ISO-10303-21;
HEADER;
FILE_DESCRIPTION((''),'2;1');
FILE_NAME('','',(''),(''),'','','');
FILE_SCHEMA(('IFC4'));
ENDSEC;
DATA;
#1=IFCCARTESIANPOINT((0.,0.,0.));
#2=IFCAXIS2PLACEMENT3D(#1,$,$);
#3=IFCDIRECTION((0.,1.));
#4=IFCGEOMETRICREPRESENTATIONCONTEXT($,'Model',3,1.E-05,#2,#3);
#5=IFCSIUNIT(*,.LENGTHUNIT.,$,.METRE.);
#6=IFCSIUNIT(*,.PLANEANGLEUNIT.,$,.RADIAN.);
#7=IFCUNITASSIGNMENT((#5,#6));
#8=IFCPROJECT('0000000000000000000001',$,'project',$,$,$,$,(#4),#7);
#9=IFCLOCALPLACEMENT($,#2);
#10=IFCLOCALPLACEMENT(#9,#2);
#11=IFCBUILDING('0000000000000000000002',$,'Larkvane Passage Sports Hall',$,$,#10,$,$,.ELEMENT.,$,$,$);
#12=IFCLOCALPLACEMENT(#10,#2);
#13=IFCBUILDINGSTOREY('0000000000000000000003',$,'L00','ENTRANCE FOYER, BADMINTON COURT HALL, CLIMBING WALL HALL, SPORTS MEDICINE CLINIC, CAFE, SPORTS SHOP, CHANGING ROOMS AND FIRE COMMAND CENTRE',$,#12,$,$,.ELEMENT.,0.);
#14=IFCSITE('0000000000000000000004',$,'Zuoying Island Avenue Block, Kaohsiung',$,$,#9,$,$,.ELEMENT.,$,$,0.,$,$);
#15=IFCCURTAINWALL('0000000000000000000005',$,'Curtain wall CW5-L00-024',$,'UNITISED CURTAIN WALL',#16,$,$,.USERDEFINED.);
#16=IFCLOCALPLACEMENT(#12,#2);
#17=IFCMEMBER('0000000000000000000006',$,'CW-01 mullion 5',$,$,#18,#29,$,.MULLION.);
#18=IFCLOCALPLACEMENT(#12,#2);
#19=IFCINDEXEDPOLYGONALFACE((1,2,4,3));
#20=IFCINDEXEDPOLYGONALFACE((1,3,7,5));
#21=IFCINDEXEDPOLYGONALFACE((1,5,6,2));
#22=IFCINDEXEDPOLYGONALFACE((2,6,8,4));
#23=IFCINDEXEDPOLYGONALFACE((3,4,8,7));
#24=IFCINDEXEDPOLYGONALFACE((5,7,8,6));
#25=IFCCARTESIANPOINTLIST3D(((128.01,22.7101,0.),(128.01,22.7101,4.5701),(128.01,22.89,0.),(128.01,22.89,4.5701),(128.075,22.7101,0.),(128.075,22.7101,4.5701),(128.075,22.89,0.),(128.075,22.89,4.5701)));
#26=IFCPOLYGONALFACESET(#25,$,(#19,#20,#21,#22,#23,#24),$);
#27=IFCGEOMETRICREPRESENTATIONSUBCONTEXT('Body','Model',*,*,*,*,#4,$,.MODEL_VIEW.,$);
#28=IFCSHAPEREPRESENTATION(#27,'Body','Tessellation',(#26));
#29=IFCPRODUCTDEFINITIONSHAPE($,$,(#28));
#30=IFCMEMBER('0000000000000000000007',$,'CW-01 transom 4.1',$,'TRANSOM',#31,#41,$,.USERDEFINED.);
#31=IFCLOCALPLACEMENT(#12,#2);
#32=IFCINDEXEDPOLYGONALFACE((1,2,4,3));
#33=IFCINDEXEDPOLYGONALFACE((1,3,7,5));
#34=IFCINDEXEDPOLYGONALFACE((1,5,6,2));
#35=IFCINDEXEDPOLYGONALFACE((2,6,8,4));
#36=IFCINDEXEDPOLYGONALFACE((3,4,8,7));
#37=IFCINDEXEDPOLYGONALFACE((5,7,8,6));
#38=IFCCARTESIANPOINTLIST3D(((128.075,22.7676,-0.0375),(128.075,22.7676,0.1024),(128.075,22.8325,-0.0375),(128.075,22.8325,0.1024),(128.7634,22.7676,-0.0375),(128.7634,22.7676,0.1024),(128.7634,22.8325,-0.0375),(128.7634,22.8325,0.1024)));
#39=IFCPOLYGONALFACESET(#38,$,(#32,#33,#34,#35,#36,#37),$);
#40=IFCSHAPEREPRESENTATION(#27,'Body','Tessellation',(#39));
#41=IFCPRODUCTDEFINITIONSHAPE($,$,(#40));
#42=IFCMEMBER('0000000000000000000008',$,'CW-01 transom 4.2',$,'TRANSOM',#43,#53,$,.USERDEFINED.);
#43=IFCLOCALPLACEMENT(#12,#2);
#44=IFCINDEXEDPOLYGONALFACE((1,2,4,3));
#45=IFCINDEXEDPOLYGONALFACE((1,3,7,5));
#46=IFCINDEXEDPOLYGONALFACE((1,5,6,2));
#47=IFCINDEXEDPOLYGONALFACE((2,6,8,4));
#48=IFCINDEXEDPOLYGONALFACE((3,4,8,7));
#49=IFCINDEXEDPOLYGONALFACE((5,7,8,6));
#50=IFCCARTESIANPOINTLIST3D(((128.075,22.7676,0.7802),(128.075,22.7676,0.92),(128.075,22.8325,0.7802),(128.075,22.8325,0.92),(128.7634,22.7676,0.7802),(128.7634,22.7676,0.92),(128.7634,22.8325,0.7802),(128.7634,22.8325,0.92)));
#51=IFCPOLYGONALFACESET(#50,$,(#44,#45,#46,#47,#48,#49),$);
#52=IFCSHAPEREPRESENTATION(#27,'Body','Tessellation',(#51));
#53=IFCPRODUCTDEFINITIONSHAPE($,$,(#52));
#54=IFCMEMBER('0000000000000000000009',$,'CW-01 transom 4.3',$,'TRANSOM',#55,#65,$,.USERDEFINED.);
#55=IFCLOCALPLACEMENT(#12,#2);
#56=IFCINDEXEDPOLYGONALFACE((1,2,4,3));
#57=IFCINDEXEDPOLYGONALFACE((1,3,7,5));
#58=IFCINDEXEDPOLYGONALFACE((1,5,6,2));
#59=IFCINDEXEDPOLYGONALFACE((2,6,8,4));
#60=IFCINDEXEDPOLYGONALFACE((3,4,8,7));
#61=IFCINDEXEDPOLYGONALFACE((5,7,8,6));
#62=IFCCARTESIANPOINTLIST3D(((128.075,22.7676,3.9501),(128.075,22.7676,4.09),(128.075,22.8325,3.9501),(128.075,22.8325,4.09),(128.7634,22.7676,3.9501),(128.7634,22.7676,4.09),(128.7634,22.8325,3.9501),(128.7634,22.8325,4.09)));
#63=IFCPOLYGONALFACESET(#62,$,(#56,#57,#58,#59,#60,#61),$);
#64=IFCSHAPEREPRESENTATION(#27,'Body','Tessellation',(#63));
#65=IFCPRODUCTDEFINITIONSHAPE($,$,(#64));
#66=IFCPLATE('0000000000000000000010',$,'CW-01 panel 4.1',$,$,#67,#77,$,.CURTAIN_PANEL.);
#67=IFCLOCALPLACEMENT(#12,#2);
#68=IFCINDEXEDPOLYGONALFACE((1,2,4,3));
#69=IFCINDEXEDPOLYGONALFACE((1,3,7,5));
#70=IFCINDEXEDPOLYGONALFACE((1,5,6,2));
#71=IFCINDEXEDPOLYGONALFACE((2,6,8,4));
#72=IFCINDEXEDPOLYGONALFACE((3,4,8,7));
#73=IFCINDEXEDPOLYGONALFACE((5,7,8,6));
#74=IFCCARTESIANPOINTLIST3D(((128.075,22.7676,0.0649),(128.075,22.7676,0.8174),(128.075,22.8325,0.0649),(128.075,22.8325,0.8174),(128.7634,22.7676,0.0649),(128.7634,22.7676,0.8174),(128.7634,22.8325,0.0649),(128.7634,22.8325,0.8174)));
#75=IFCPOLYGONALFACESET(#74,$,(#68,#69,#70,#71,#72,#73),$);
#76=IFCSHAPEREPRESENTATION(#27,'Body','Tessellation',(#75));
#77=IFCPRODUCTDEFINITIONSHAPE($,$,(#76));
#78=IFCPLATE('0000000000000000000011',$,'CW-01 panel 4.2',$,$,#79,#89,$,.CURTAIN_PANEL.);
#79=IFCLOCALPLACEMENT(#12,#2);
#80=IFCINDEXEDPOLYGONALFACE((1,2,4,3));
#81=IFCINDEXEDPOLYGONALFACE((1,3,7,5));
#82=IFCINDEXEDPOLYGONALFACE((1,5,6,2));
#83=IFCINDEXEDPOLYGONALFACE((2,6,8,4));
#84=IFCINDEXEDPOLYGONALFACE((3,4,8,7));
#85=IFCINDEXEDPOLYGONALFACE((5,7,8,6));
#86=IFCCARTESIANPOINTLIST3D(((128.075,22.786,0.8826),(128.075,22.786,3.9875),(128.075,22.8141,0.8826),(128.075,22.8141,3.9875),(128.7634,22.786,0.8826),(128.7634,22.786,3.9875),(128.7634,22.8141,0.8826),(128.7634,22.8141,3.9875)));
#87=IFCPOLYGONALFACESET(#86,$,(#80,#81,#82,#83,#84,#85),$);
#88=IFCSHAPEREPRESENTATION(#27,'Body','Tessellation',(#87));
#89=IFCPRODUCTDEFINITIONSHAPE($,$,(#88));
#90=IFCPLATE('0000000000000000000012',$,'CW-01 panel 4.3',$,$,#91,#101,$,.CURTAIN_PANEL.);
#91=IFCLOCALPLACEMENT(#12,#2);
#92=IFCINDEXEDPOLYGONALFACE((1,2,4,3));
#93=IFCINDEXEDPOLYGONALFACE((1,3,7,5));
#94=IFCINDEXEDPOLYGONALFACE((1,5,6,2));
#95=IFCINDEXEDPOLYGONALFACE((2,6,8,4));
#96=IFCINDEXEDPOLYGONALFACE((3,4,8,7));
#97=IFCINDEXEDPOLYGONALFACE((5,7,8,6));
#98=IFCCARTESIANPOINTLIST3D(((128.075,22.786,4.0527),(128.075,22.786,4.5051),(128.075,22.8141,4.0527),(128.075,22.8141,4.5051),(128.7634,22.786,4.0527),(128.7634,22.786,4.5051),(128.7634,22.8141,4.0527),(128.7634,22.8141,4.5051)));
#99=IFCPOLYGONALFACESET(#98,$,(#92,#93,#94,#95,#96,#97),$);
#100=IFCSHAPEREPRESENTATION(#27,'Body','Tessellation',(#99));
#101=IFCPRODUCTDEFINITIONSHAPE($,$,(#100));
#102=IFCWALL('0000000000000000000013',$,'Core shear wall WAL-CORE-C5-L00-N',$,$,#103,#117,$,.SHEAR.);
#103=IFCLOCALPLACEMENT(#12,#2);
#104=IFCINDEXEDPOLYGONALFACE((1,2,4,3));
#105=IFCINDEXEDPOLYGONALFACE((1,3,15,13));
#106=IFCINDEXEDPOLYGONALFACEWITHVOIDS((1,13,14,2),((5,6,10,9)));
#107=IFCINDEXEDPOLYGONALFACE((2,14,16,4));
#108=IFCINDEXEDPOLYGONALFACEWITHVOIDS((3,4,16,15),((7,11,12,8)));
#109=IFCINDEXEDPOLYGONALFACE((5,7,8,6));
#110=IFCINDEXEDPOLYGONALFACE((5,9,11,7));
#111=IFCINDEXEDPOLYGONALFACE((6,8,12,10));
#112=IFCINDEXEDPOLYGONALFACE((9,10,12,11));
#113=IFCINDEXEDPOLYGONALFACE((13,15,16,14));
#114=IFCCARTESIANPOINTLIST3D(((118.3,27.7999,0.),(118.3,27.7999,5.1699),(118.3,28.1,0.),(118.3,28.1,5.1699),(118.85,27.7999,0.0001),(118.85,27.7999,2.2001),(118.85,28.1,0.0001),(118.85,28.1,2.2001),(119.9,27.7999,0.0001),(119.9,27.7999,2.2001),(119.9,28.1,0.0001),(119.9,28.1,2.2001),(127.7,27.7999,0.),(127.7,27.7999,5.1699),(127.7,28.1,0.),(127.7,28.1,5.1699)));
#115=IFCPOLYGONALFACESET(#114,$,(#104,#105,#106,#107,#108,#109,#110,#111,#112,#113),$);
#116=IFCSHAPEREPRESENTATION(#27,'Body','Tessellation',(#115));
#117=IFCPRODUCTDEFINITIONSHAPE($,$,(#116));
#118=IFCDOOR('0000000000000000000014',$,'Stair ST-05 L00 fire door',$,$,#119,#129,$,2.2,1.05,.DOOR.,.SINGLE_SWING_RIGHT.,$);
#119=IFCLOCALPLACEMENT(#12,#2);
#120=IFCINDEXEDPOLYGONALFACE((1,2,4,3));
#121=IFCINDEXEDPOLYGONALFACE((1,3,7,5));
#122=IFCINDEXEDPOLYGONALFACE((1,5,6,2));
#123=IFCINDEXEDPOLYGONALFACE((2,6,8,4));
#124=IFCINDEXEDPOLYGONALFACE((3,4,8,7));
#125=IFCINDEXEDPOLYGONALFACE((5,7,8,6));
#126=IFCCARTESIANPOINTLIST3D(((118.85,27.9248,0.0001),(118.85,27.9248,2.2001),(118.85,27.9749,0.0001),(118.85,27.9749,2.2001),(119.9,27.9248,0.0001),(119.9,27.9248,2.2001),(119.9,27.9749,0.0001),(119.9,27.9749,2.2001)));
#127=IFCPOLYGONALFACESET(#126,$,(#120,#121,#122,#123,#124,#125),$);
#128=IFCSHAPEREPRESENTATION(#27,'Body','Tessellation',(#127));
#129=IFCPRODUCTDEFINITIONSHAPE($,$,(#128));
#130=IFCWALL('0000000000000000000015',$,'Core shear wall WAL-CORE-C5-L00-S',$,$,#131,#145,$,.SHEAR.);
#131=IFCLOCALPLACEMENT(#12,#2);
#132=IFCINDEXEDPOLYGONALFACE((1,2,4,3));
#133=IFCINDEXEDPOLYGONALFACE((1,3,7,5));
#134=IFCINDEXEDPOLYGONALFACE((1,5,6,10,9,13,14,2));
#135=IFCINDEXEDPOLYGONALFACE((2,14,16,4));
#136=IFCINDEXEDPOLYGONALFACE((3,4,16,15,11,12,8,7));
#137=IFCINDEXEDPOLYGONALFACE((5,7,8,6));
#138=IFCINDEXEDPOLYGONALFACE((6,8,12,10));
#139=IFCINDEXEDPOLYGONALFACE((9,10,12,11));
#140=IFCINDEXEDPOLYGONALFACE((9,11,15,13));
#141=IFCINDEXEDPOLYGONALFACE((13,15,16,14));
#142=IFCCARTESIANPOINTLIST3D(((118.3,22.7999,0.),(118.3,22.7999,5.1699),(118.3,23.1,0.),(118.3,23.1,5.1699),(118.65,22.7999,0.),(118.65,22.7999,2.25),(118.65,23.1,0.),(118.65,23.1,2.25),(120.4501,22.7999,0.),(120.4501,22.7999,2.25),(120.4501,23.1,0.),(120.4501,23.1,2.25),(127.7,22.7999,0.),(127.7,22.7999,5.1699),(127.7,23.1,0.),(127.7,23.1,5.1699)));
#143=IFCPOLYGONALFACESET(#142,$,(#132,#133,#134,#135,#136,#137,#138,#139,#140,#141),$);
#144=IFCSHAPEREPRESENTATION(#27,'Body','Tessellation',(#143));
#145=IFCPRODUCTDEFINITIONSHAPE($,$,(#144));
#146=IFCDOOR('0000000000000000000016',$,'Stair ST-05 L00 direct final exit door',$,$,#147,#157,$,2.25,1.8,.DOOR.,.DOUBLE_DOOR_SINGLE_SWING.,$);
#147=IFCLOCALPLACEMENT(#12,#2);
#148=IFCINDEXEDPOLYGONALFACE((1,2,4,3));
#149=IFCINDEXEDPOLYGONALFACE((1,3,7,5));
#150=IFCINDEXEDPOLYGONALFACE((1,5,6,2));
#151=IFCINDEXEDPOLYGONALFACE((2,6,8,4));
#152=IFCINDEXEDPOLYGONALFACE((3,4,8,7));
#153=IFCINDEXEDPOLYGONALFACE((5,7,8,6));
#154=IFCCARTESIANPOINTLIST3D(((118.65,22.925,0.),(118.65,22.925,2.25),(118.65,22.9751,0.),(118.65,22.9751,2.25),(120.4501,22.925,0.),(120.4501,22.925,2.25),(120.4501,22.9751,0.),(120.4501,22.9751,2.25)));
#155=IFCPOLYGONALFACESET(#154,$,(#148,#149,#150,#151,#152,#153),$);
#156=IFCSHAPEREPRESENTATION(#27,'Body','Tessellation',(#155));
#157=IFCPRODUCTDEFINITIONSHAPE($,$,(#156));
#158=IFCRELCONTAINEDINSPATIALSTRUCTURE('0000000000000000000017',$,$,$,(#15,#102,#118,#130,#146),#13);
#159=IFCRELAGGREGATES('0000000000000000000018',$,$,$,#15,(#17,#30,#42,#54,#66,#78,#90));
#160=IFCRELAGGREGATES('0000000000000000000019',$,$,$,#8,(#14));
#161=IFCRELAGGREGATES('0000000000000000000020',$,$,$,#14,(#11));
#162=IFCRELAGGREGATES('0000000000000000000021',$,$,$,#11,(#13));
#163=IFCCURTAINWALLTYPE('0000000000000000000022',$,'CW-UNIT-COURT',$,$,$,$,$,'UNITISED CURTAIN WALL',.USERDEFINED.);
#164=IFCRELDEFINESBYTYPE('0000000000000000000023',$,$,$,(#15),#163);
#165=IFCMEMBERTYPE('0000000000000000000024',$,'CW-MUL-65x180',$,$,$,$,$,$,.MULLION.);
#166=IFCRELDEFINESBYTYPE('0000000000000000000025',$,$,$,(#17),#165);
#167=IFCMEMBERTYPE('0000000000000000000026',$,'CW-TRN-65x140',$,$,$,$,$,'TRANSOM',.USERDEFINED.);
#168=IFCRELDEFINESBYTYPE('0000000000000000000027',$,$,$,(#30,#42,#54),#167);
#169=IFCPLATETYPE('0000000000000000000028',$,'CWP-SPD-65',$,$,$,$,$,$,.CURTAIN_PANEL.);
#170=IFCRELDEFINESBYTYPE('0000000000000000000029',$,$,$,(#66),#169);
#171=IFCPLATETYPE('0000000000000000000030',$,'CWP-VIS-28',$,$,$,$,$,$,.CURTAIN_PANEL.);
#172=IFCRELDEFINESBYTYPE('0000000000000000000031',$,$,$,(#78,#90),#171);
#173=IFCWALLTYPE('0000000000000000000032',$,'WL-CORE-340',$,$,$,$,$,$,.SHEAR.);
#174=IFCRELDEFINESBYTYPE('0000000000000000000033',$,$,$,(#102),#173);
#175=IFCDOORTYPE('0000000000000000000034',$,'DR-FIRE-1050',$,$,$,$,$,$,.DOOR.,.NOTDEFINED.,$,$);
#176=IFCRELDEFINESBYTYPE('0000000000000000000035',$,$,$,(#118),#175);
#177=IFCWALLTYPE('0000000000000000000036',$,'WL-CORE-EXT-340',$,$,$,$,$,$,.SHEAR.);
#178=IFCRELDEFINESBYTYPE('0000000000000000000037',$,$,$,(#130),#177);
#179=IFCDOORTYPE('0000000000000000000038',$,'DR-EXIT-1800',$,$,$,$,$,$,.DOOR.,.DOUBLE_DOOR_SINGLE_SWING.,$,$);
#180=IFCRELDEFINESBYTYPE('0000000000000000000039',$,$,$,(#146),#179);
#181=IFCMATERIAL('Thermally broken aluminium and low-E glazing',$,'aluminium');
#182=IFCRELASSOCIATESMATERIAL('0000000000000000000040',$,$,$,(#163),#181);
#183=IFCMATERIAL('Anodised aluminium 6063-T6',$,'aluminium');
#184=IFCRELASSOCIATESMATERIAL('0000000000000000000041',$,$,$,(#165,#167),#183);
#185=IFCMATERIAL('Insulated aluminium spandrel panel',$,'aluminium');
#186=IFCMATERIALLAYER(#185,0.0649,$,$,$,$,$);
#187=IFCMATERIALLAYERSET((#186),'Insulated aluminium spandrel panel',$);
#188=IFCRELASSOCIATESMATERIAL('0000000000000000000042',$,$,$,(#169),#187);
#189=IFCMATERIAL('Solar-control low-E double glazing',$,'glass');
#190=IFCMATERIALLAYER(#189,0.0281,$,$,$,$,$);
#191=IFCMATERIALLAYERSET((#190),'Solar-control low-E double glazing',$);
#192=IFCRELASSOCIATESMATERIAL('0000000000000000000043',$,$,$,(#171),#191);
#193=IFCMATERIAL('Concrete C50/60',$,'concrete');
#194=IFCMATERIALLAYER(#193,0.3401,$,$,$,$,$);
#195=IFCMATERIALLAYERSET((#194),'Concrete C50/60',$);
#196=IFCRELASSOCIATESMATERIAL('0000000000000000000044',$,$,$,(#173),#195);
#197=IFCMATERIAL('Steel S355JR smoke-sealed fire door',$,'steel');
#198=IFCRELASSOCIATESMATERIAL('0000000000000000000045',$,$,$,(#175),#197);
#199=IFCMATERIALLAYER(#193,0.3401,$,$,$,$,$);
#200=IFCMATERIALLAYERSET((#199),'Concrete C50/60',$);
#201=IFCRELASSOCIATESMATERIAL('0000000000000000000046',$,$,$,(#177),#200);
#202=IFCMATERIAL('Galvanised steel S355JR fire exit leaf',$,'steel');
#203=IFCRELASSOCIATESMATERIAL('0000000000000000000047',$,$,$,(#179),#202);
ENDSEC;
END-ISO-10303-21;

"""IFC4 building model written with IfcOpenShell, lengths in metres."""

from ifc_helpers import new_model, si_unit, direction, frame, frame_2d, origin, origin_2d, place, context, subcontext, project, spatial, rectangle, extrude, material, layer, layer_set, material_profile, profile_set, type_object, element, fill, aggregate, save


model = new_model("IFC4")

# Units and contexts
model_context = context("Model", 3, precision=1e-05, world=origin(), true_north=direction((0.0, 1.0)))
body_context = subcontext(model_context, "Body", "Model", "MODEL_VIEW")
ifc_project = project(units=[si_unit("LENGTHUNIT", "METRE"), si_unit("PLANEANGLEUNIT", "RADIAN")], contexts=[model_context])

# Site, building, storey
site_placement = place(None, origin())
site = spatial("IfcSite", under=ifc_project, at=site_placement, Name="Zuoying Island Avenue Block, Kaohsiung", CompositionType="ELEMENT", RefElevation=0.0)
building_placement = place(site_placement, origin())
building = spatial("IfcBuilding", under=site, at=building_placement, Name="Larkvane Passage Sports Hall", CompositionType="ELEMENT")
storey_placement = place(building_placement, origin())
storey = spatial("IfcBuildingStorey", under=building, at=storey_placement, Name="L00", Description="ENTRANCE FOYER, BADMINTON COURT HALL, CLIMBING WALL HALL, SPORTS MEDICINE CLINIC, CAFE, SPORTS SHOP, CHANGING ROOMS AND FIRE COMMAND CENTRE", CompositionType="ELEMENT", Elevation=0.0)

# Curtain wall, members, plates
ifc_material_1 = material(Name="Thermally broken aluminium and low-E glazing", Category="aluminium")
curtain_wall_type = type_object("IfcCurtainWallType", Name="CW-UNIT-COURT", ElementType="UNITISED CURTAIN WALL", PredefinedType="USERDEFINED", material=ifc_material_1)
curtain_wall_placement = place(storey_placement, origin())
curtain_wall = element("IfcCurtainWall", 1, at=curtain_wall_placement, inside=storey, type_object=curtain_wall_type, Name="Curtain wall CW5-L00-024", ObjectType="UNITISED CURTAIN WALL", PredefinedType="USERDEFINED")
ifc_material_2 = material(Name="Anodised aluminium 6063-T6", Category="aluminium")
ifc_material_profile_1 = material_profile(ifc_material_2, rectangle(XDim=0.0649, YDim=0.1799, at=origin_2d()), Name="ALU-MUL-65x180")
ifc_profile_set_1 = profile_set([ifc_material_profile_1], Name="Anodised aluminium 6063-T6")
member_type_1 = type_object("IfcMemberType", Name="CW-MUL-65x180", PredefinedType="MULLION", material=ifc_profile_set_1)
member_1_placement = place(storey_placement, frame((128.0425, 22.8, 0.0), z_axis=(0.0, 0.0, 1.0), x_axis=(-1.0, 0.0, 0.0)))
member_1 = element("IfcMember", 2, at=member_1_placement, type_object=member_type_1, Name="CW-01 mullion 5", PredefinedType="MULLION", context=body_context, shape_type="SweptSolid", body=[
    extrude(rectangle(XDim=0.0649, YDim=0.1799, at=origin_2d()), origin(), (0.0, 0.0, 1.0), 4.5701),
])
ifc_material_profile_2 = material_profile(ifc_material_2, rectangle(XDim=0.0649, YDim=0.1399, at=origin_2d()), Name="ALU-TRN-65x140")
ifc_profile_set_2 = profile_set([ifc_material_profile_2], Name="Anodised aluminium 6063-T6")
member_type_2 = type_object("IfcMemberType", Name="CW-TRN-65x140", ElementType="TRANSOM", PredefinedType="USERDEFINED", material=ifc_profile_set_2)
member_2_placement = place(storey_placement, frame((128.7634, 22.8, 0.0325), z_axis=(-1.0, 0.0, 0.0), x_axis=(0.0, -1.0, 0.0)))
member_2 = element("IfcMember", 3, at=member_2_placement, type_object=member_type_2, Name="CW-01 transom 4.1", ObjectType="TRANSOM", PredefinedType="USERDEFINED", context=body_context, shape_type="SweptSolid", body=[
    extrude(rectangle(XDim=0.0649, YDim=0.1399, at=origin_2d()), origin(), (0.0, 0.0, 1.0), 0.6885),
])
member_3_placement = place(storey_placement, frame((128.7634, 22.8, 0.8501), z_axis=(-1.0, 0.0, 0.0), x_axis=(0.0, -1.0, 0.0)))
member_3 = element("IfcMember", 4, at=member_3_placement, type_object=member_type_2, Name="CW-01 transom 4.2", ObjectType="TRANSOM", PredefinedType="USERDEFINED", context=body_context, shape_type="SweptSolid", body=[
    extrude(rectangle(XDim=0.0649, YDim=0.1399, at=origin_2d()), origin(), (0.0, 0.0, 1.0), 0.6885),
])
member_4_placement = place(storey_placement, frame((128.7634, 22.8, 4.02), z_axis=(-1.0, 0.0, 0.0), x_axis=(0.0, -1.0, 0.0)))
member_4 = element("IfcMember", 5, at=member_4_placement, type_object=member_type_2, Name="CW-01 transom 4.3", ObjectType="TRANSOM", PredefinedType="USERDEFINED", context=body_context, shape_type="SweptSolid", body=[
    extrude(rectangle(XDim=0.0649, YDim=0.1399, at=origin_2d()), origin(), (0.0, 0.0, 1.0), 0.6885),
])
ifc_material_3 = material(Name="Insulated aluminium spandrel panel", Category="aluminium")
ifc_layer_1 = layer(ifc_material_3, 0.0649)
ifc_layer_set_1 = layer_set([ifc_layer_1], Name="Insulated aluminium spandrel panel")
plate_type_1 = type_object("IfcPlateType", Name="CWP-SPD-65", PredefinedType="CURTAIN_PANEL", material=ifc_layer_set_1)
plate_1_placement = place(storey_placement, frame((128.4192, 22.8, 0.0649), z_axis=(0.0, 0.0, 1.0), x_axis=(-1.0, 0.0, 0.0)))
plate_1 = element("IfcPlate", 6, at=plate_1_placement, type_object=plate_type_1, Name="CW-01 panel 4.1", PredefinedType="CURTAIN_PANEL", context=body_context, shape_type="SweptSolid", body=[
    extrude(rectangle(XDim=0.6885, YDim=0.0649, at=origin_2d()), origin(), (0.0, 0.0, 1.0), 0.7524),
])
ifc_material_4 = material(Name="Solar-control low-E double glazing", Category="glass")
ifc_layer_2 = layer(ifc_material_4, 0.0281)
ifc_layer_set_2 = layer_set([ifc_layer_2], Name="Solar-control low-E double glazing")
plate_type_2 = type_object("IfcPlateType", Name="CWP-VIS-28", PredefinedType="CURTAIN_PANEL", material=ifc_layer_set_2)
plate_2_placement = place(storey_placement, frame((128.4192, 22.8, 0.8826), z_axis=(0.0, 0.0, 1.0), x_axis=(-1.0, 0.0, 0.0)))
plate_2 = element("IfcPlate", 7, at=plate_2_placement, type_object=plate_type_2, Name="CW-01 panel 4.2", PredefinedType="CURTAIN_PANEL", context=body_context, shape_type="SweptSolid", body=[
    extrude(rectangle(XDim=0.6885, YDim=0.0281, at=origin_2d()), origin(), (0.0, 0.0, 1.0), 3.105),
])
plate_3_placement = place(storey_placement, frame((128.4192, 22.8, 4.0527), z_axis=(0.0, 0.0, 1.0), x_axis=(-1.0, 0.0, 0.0)))
plate_3 = element("IfcPlate", 8, at=plate_3_placement, type_object=plate_type_2, Name="CW-01 panel 4.3", PredefinedType="CURTAIN_PANEL", context=body_context, shape_type="SweptSolid", body=[
    extrude(rectangle(XDim=0.6885, YDim=0.0281, at=origin_2d()), origin(), (0.0, 0.0, 1.0), 0.4524),
])
aggregate(curtain_wall, [member_1, member_2, member_3, member_4, plate_1, plate_2, plate_3])

# Walls, openings, doors
ifc_material_5 = material(Name="Concrete C50/60", Category="concrete")
ifc_layer_3 = layer(ifc_material_5, 0.3401)
ifc_layer_set_3 = layer_set([ifc_layer_3], Name="Concrete C50/60")
wall_type_1 = type_object("IfcWallType", Name="WL-CORE-340", PredefinedType="SHEAR", material=ifc_layer_set_3)
wall_1_placement = place(storey_placement, frame((118.3, 27.95, 0.0), z_axis=(0.0, 0.0, 1.0), x_axis=(1.0, 0.0, 0.0)))
wall_1 = element("IfcWall", 9, at=wall_1_placement, inside=storey, type_object=wall_type_1, Name="Core shear wall WAL-CORE-C5-L00-N", PredefinedType="SHEAR", context=body_context, shape_type="SweptSolid", body=[
    extrude(rectangle(XDim=9.3999, YDim=0.3, at=frame_2d((4.7, 0.0))), origin(), (0.0, 0.0, 1.0), 5.1699),
])
opening_1_placement = place(wall_1_placement, frame((0.55, 0.0, 0.0)))
opening_1 = element("IfcOpeningElement", 10, at=opening_1_placement, cuts=wall_1, PredefinedType="OPENING", context=body_context, shape_type="SweptSolid", body=[
    extrude(rectangle(XDim=1.05, YDim=2.2, at=frame_2d((0.5249, 1.1001))), frame((0.0, 0.1599, 0.0), z_axis=(0.0, -1.0, 0.0), x_axis=(1.0, 0.0, 0.0)), (0.0, 0.0, 1.0), 0.3201),
])
ifc_material_6 = material(Name="Steel S355JR smoke-sealed fire door", Category="steel")
door_type_1 = type_object("IfcDoorType", Name="DR-FIRE-1050", OperationType="NOTDEFINED", PredefinedType="DOOR", material=ifc_material_6)
door_1_placement = place(opening_1_placement, origin())
door_1 = element("IfcDoor", 11, at=door_1_placement, inside=storey, type_object=door_type_1, Name="Stair ST-05 L00 fire door", OperationType="SINGLE_SWING_RIGHT", OverallHeight=2.2, OverallWidth=1.05, PredefinedType="DOOR", context=body_context, shape_type="SweptSolid", body=[
    extrude(rectangle(XDim=1.05, YDim=2.2, at=frame_2d((0.5249, 1.1001))), frame((0.0, 0.0249, 0.0), z_axis=(0.0, -1.0, 0.0), x_axis=(1.0, 0.0, 0.0)), (0.0, 0.0, 1.0), 0.05),
])
fill(opening_1, door_1)
ifc_layer_4 = layer(ifc_material_5, 0.3401)
ifc_layer_set_4 = layer_set([ifc_layer_4], Name="Concrete C50/60")
wall_type_2 = type_object("IfcWallType", Name="WL-CORE-EXT-340", PredefinedType="SHEAR", material=ifc_layer_set_4)
wall_2_placement = place(storey_placement, frame((127.7, 22.95, 0.0), z_axis=(0.0, 0.0, 1.0), x_axis=(-1.0, 0.0, 0.0)))
wall_2 = element("IfcWall", 12, at=wall_2_placement, inside=storey, type_object=wall_type_2, Name="Core shear wall WAL-CORE-C5-L00-S", PredefinedType="SHEAR", context=body_context, shape_type="SweptSolid", body=[
    extrude(rectangle(XDim=9.3999, YDim=0.3, at=frame_2d((4.7, 0.0))), origin(), (0.0, 0.0, 1.0), 5.1699),
])
opening_2_placement = place(wall_2_placement, frame((7.25, 0.0, 0.0)))
opening_2 = element("IfcOpeningElement", 13, at=opening_2_placement, cuts=wall_2, PredefinedType="OPENING", context=body_context, shape_type="SweptSolid", body=[
    extrude(rectangle(XDim=1.8, YDim=2.25, at=frame_2d((0.8999, 1.125))), frame((0.0, 0.1599, 0.0), z_axis=(0.0, -1.0, 0.0), x_axis=(1.0, 0.0, 0.0)), (0.0, 0.0, 1.0), 0.3201),
])
ifc_material_7 = material(Name="Galvanised steel S355JR fire exit leaf", Category="steel")
door_type_2 = type_object("IfcDoorType", Name="DR-EXIT-1800", OperationType="DOUBLE_DOOR_SINGLE_SWING", PredefinedType="DOOR", material=ifc_material_7)
door_2_placement = place(opening_2_placement, origin())
door_2 = element("IfcDoor", 14, at=door_2_placement, inside=storey, type_object=door_type_2, Name="Stair ST-05 L00 direct final exit door", OperationType="DOUBLE_DOOR_SINGLE_SWING", OverallHeight=2.25, OverallWidth=1.8, PredefinedType="DOOR", context=body_context, shape_type="SweptSolid", body=[
    extrude(rectangle(XDim=1.8, YDim=2.25, at=frame_2d((0.8999, 1.125))), frame((0.0, 0.0249, 0.0), z_axis=(0.0, -1.0, 0.0), x_axis=(1.0, 0.0, 0.0)), (0.0, 0.0, 1.0), 0.05),
])
fill(opening_2, door_2)

save(model, "model.ifc")
